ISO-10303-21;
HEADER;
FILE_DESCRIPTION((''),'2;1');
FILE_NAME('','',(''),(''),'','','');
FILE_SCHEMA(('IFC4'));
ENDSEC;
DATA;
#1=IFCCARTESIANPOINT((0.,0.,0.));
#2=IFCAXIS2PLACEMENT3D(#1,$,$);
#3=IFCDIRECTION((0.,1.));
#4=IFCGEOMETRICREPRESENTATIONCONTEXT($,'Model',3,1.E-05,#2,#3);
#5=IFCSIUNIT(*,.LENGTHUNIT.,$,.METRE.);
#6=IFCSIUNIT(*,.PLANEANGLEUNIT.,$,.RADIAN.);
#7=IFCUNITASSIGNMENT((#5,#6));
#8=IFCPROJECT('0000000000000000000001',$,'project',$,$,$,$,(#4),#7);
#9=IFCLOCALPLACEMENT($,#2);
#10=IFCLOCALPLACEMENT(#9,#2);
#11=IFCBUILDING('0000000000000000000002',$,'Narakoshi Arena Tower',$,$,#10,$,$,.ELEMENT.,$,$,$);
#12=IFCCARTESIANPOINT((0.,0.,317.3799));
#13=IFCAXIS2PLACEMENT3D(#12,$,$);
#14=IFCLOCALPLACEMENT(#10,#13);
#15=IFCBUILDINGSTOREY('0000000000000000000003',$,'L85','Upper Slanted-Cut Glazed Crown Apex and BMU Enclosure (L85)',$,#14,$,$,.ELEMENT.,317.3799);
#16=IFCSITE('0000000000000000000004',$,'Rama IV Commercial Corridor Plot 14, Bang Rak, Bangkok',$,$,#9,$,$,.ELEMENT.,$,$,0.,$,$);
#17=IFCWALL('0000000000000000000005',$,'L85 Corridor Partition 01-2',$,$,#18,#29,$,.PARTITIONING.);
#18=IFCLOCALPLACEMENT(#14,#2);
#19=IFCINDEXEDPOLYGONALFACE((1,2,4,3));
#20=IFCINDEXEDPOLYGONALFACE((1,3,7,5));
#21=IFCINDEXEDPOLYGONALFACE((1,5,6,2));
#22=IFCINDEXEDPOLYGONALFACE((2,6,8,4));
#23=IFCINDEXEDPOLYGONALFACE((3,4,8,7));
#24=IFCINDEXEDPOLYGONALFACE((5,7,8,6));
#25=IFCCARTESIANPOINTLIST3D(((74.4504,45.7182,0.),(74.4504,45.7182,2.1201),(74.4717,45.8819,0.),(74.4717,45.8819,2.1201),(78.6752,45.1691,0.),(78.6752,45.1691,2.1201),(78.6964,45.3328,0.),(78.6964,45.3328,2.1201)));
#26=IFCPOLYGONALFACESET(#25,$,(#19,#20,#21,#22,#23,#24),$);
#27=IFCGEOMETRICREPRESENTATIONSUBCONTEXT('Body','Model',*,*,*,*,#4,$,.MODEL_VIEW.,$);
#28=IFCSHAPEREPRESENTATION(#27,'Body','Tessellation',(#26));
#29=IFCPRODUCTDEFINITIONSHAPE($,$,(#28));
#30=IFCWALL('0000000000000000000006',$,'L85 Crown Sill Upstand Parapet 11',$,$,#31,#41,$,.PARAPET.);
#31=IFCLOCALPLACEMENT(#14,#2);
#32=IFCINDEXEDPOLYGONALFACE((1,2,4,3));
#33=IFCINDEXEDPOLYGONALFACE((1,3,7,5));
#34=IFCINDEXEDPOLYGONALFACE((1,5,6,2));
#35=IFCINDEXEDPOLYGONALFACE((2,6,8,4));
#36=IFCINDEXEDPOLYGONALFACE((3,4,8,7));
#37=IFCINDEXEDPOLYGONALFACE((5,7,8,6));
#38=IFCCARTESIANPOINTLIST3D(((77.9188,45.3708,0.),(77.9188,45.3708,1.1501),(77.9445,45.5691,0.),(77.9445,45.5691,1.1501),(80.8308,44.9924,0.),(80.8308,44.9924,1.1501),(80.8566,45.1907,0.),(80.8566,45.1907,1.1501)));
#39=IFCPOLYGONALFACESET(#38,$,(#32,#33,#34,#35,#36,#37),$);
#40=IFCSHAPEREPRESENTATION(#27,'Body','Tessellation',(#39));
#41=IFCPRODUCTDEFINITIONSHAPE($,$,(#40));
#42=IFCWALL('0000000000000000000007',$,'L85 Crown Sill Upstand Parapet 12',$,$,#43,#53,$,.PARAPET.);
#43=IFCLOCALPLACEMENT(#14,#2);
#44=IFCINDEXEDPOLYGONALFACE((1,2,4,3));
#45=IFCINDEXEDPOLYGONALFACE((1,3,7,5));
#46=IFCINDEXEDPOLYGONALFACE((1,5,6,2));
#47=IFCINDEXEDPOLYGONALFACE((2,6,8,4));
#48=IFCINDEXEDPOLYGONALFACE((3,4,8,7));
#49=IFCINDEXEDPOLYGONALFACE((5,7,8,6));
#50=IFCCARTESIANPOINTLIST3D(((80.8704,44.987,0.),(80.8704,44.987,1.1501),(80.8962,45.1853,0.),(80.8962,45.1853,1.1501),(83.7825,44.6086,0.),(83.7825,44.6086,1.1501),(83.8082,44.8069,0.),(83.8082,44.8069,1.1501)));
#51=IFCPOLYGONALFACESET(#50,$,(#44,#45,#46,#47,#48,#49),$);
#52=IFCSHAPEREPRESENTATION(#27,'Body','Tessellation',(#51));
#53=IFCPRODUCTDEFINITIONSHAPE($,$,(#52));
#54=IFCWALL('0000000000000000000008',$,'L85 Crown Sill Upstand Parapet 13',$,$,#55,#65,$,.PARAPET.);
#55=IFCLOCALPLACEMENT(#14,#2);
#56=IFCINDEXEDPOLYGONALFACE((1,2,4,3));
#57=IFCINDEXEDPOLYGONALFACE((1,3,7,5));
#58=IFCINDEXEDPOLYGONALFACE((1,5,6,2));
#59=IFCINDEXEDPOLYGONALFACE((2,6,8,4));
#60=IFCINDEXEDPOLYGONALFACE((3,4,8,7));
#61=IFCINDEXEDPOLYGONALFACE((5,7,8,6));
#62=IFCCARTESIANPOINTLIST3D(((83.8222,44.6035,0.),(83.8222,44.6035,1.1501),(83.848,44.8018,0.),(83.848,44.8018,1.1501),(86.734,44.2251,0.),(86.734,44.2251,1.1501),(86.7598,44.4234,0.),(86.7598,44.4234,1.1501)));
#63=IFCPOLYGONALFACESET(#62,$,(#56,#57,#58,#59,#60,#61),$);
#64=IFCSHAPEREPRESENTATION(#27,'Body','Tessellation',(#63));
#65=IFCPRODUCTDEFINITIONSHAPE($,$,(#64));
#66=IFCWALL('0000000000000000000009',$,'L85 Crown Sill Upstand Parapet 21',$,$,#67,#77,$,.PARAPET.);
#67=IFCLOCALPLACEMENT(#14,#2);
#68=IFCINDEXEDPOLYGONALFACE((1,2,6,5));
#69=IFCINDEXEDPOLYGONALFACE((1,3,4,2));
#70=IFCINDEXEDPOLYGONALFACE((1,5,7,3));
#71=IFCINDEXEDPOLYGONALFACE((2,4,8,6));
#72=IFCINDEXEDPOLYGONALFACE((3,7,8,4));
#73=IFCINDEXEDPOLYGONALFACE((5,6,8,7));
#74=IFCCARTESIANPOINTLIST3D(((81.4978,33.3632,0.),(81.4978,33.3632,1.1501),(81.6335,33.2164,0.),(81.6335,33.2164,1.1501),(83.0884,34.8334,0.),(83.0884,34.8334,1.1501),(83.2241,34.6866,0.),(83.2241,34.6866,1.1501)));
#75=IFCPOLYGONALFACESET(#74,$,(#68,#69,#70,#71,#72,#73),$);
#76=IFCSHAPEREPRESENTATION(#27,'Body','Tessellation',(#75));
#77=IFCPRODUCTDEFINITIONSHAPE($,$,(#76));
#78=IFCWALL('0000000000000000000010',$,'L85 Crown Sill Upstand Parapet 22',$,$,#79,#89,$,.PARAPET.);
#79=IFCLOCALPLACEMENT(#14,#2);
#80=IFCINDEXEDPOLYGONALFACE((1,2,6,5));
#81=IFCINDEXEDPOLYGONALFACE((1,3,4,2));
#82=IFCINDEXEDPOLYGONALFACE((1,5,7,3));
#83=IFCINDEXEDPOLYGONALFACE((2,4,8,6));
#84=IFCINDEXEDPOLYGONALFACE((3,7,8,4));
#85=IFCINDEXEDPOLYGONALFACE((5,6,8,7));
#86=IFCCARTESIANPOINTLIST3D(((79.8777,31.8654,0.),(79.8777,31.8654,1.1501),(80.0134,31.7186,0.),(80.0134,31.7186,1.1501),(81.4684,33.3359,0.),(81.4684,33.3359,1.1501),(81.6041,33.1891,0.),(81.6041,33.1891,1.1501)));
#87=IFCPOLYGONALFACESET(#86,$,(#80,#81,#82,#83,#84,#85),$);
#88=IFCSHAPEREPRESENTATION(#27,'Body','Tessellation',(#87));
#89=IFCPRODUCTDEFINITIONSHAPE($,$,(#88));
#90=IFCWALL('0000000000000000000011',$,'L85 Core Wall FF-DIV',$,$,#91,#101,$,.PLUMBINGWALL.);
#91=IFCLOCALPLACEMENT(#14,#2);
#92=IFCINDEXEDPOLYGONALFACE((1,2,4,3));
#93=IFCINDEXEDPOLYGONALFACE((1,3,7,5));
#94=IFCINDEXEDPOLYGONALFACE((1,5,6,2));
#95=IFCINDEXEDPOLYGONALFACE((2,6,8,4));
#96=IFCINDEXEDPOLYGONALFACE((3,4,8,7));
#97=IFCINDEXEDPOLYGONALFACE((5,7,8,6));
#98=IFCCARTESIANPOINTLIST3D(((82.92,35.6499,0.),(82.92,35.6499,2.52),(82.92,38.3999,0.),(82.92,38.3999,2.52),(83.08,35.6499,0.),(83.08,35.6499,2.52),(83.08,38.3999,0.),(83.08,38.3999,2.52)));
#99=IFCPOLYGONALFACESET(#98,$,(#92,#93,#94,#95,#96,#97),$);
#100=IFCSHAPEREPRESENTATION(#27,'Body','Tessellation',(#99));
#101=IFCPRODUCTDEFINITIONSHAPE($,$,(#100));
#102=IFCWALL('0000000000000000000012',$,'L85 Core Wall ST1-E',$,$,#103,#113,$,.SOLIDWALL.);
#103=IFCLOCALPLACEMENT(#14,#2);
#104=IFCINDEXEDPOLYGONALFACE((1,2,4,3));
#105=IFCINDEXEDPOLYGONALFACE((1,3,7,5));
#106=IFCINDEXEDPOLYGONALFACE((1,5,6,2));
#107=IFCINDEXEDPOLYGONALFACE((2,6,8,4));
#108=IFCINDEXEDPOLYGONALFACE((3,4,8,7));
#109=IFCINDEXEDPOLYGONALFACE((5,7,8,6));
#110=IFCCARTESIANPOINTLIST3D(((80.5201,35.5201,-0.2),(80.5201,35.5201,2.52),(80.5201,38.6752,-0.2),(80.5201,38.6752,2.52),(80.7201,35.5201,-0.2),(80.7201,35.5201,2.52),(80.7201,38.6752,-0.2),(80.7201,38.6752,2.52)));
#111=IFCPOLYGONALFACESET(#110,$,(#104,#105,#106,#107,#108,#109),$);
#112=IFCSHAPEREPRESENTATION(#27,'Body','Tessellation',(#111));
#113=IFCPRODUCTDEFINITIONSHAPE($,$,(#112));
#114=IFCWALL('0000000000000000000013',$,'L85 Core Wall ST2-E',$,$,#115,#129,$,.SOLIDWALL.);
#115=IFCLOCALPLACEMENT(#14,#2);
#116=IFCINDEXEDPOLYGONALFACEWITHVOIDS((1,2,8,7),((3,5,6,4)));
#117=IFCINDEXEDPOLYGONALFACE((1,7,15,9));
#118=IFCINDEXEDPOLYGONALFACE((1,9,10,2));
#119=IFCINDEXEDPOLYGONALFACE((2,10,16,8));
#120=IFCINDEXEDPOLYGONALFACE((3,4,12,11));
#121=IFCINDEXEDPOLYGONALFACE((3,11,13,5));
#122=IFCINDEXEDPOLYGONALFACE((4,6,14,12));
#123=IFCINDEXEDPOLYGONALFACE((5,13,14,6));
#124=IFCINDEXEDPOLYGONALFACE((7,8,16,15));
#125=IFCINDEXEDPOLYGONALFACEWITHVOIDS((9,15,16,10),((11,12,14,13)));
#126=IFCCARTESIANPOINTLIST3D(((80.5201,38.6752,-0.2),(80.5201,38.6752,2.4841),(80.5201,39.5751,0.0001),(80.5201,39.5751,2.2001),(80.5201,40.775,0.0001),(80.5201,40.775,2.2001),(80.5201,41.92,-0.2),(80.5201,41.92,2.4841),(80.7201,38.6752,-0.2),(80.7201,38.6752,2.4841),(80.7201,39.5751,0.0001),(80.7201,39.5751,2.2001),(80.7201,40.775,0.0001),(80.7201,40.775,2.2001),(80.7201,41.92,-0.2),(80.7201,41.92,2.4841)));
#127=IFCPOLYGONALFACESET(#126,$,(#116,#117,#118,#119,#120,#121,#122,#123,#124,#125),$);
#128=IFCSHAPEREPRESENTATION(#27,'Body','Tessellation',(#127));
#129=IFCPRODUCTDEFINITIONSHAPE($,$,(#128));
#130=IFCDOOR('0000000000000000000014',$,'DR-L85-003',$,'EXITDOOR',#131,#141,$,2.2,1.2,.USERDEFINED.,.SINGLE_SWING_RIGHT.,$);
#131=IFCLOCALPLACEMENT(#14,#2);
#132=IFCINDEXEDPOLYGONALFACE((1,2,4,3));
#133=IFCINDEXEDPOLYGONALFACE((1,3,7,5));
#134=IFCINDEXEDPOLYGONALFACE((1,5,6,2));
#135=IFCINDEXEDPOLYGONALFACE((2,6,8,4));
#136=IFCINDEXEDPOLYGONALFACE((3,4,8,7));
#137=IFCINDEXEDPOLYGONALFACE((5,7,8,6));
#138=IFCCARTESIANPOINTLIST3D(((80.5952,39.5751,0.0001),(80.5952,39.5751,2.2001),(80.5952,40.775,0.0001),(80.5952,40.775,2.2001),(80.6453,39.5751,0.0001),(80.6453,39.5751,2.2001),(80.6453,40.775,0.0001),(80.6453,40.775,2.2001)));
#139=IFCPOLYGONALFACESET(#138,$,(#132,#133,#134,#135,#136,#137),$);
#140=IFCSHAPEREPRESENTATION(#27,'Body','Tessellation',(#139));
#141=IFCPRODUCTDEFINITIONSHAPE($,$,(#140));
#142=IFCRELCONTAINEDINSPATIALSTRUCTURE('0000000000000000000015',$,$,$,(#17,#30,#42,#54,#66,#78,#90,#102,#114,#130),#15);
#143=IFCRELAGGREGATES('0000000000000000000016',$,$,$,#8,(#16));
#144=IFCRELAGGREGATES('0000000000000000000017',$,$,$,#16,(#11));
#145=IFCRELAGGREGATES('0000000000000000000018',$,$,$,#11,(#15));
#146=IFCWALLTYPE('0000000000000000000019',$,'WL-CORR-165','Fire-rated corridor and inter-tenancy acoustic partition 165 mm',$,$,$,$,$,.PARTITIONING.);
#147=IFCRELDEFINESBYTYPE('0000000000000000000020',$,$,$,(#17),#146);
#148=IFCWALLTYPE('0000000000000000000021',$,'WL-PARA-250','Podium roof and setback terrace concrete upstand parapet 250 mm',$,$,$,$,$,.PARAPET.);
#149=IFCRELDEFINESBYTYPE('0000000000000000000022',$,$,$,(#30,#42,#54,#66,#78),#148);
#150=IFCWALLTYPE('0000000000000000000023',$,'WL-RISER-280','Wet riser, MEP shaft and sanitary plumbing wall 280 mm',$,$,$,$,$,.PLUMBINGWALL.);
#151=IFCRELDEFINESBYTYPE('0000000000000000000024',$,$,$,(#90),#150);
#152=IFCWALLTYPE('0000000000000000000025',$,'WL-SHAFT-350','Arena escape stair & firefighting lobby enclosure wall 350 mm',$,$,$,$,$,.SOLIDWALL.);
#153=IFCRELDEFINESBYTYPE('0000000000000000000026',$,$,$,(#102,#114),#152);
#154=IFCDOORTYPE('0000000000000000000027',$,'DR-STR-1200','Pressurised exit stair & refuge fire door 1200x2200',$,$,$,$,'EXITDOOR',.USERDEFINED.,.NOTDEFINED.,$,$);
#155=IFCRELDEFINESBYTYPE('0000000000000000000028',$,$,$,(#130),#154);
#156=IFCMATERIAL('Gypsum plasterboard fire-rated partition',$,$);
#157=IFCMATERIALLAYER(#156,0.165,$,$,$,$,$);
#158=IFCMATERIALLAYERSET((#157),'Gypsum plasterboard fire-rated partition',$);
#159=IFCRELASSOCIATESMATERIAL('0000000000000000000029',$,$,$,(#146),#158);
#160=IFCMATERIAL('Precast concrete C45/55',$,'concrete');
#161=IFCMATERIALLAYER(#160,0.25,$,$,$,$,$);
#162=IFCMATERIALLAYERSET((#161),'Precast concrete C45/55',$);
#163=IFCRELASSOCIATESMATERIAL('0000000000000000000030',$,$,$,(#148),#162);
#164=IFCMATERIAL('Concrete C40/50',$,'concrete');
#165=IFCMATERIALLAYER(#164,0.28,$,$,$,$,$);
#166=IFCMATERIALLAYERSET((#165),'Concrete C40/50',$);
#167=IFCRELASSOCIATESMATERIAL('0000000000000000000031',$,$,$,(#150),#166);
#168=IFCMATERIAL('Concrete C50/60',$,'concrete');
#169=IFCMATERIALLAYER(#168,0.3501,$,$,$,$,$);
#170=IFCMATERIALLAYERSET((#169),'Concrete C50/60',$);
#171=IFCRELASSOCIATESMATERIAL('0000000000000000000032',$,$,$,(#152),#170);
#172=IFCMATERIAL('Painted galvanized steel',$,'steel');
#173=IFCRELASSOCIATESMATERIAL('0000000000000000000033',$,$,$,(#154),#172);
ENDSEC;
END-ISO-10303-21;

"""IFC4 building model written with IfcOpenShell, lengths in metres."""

from ifc_helpers import new_model, si_unit, direction, frame, frame_2d, origin, place, context, subcontext, project, spatial, rectangle, extrude, material, layer, layer_set, type_object, element, fill, save


model = new_model("IFC4")

# Units and contexts
model_context = context("Model", 3, precision=1e-05, world=origin(), true_north=direction((0.0, 1.0)))
body_context = subcontext(model_context, "Body", "Model", "MODEL_VIEW")
ifc_project = project(units=[si_unit("LENGTHUNIT", "METRE"), si_unit("PLANEANGLEUNIT", "RADIAN")], contexts=[model_context])

# Site, building, storey
site_placement = place(None, origin())
site = spatial("IfcSite", under=ifc_project, at=site_placement, Name="Rama IV Commercial Corridor Plot 14, Bang Rak, Bangkok", CompositionType="ELEMENT", RefElevation=0.0)
building_placement = place(site_placement, origin())
building = spatial("IfcBuilding", under=site, at=building_placement, Name="Narakoshi Arena Tower", CompositionType="ELEMENT")
storey_placement = place(building_placement, frame((0.0, 0.0, 317.3799)))
storey = spatial("IfcBuildingStorey", under=building, at=storey_placement, Name="L85", Description="Upper Slanted-Cut Glazed Crown Apex and BMU Enclosure (L85)", CompositionType="ELEMENT", Elevation=317.3799)

# Walls
ifc_material_1 = material(Name="Gypsum plasterboard fire-rated partition")
ifc_layer_1 = layer(ifc_material_1, 0.165)
ifc_layer_set_1 = layer_set([ifc_layer_1], Name="Gypsum plasterboard fire-rated partition")
wall_type_1 = type_object("IfcWallType", Name="WL-CORR-165", Description="Fire-rated corridor and inter-tenancy acoustic partition 165 mm", PredefinedType="PARTITIONING", material=ifc_layer_set_1)
wall_1_placement = place(storey_placement, frame((78.6858, 45.251, 0.0), z_axis=(0.0, 0.0, 1.0), x_axis=(-0.991659, 0.128886, 0.0)))
element("IfcWall", 1, at=wall_1_placement, inside=storey, type_object=wall_type_1, Name="L85 Corridor Partition 01-2", PredefinedType="PARTITIONING", context=body_context, shape_type="SweptSolid", body=[
    extrude(rectangle(XDim=4.2603, YDim=0.165, at=frame_2d((2.1301, 0.0))), origin(), (0.0, 0.0, 1.0), 2.1201),
])
ifc_material_2 = material(Name="Precast concrete C45/55", Category="concrete")
ifc_layer_2 = layer(ifc_material_2, 0.25)
ifc_layer_set_2 = layer_set([ifc_layer_2], Name="Precast concrete C45/55")
wall_type_2 = type_object("IfcWallType", Name="WL-PARA-250", Description="Podium roof and setback terrace concrete upstand parapet 250 mm", PredefinedType="PARAPET", material=ifc_layer_set_2)
for number, where, z_axis, x_axis, name in (
    (2, (77.9316, 45.47, 0.0), (0.0, 0.0, 1.0), (0.991662, -0.128863, 0.0), "L85 Crown Sill Upstand Parapet 11"),
    (3, (80.8833, 45.0862, 0.0), (0.0, 0.0, 1.0), (0.991662, -0.128863, 0.0), "L85 Crown Sill Upstand Parapet 12"),
):
    element("IfcWall", number, at=place(storey_placement, frame(where, z_axis=z_axis, x_axis=x_axis)), inside=storey, type_object=wall_type_2, Name=name, PredefinedType="PARAPET", context=body_context, shape_type="SweptSolid", body=[
        extrude(rectangle(XDim=2.9365, YDim=0.2, at=frame_2d((1.4683, 0.0))), origin(), (0.0, 0.0, 1.0), 1.1501),
    ])
wall_2_placement = place(storey_placement, frame((83.835, 44.7026, 0.0), z_axis=(0.0, 0.0, 1.0), x_axis=(0.991661, -0.128874, 0.0)))
element("IfcWall", 4, at=wall_2_placement, inside=storey, type_object=wall_type_2, Name="L85 Crown Sill Upstand Parapet 13", PredefinedType="PARAPET", context=body_context, shape_type="SweptSolid", body=[
    extrude(rectangle(XDim=2.9363, YDim=0.2, at=frame_2d((1.4683, 0.0))), origin(), (0.0, 0.0, 1.0), 1.1501),
])
wall_3_placement = place(storey_placement, frame((83.1562, 34.76, 0.0), z_axis=(0.0, 0.0, 1.0), x_axis=(-0.734345, -0.678776, 0.0)))
element("IfcWall", 5, at=wall_3_placement, inside=storey, type_object=wall_type_2, Name="L85 Crown Sill Upstand Parapet 21", PredefinedType="PARAPET", context=body_context, shape_type="SweptSolid", body=[
    extrude(rectangle(XDim=2.166, YDim=0.2, at=frame_2d((1.083, 0.0))), origin(), (0.0, 0.0, 1.0), 1.1501),
])
wall_4_placement = place(storey_placement, frame((81.5361, 33.2625, 0.0), z_axis=(0.0, 0.0, 1.0), x_axis=(-0.734289, -0.678837, 0.0)))
element("IfcWall", 6, at=wall_4_placement, inside=storey, type_object=wall_type_2, Name="L85 Crown Sill Upstand Parapet 22", PredefinedType="PARAPET", context=body_context, shape_type="SweptSolid", body=[
    extrude(rectangle(XDim=2.1663, YDim=0.2, at=frame_2d((1.083, 0.0))), origin(), (0.0, 0.0, 1.0), 1.1501),
])
ifc_material_3 = material(Name="Concrete C40/50", Category="concrete")
ifc_layer_3 = layer(ifc_material_3, 0.28)
ifc_layer_set_3 = layer_set([ifc_layer_3], Name="Concrete C40/50")
wall_type_3 = type_object("IfcWallType", Name="WL-RISER-280", Description="Wet riser, MEP shaft and sanitary plumbing wall 280 mm", PredefinedType="PLUMBINGWALL", material=ifc_layer_set_3)
wall_5_placement = place(storey_placement, frame((83.0, 35.6499, 0.0), z_axis=(0.0, 0.0, 1.0), x_axis=(0.0, 1.0, 0.0)))
element("IfcWall", 7, at=wall_5_placement, inside=storey, type_object=wall_type_3, Name="L85 Core Wall FF-DIV", PredefinedType="PLUMBINGWALL", context=body_context, shape_type="SweptSolid", body=[
    extrude(rectangle(XDim=2.75, YDim=0.1599, at=frame_2d((1.375, 0.0))), origin(), (0.0, 0.0, 1.0), 2.52),
])
ifc_material_4 = material(Name="Concrete C50/60", Category="concrete")
ifc_layer_4 = layer(ifc_material_4, 0.3501)
ifc_layer_set_4 = layer_set([ifc_layer_4], Name="Concrete C50/60")
wall_type_4 = type_object("IfcWallType", Name="WL-SHAFT-350", Description="Arena escape stair & firefighting lobby enclosure wall 350 mm", PredefinedType="SOLIDWALL", material=ifc_layer_set_4)
wall_6_placement = place(storey_placement, frame((80.6201, 35.52, -0.2), z_axis=(0.0, 0.0, 1.0), x_axis=(0.0, 1.0, 0.0)))
element("IfcWall", 8, at=wall_6_placement, inside=storey, type_object=wall_type_4, Name="L85 Core Wall ST1-E", PredefinedType="SOLIDWALL", context=body_context, shape_type="SweptSolid", body=[
    extrude(rectangle(XDim=3.155, YDim=0.2, at=frame_2d((1.5776, 0.0))), origin(), (0.0, 0.0, 1.0), 2.72),
])

# Wall, opening, door
wall_7_placement = place(storey_placement, frame((80.6201, 38.675, -0.2), z_axis=(0.0, 0.0, 1.0), x_axis=(0.0, 1.0, 0.0)))
wall_7 = element("IfcWall", 9, at=wall_7_placement, inside=storey, type_object=wall_type_4, Name="L85 Core Wall ST2-E", PredefinedType="SOLIDWALL", context=body_context, shape_type="SweptSolid", body=[
    extrude(rectangle(XDim=3.2449, YDim=0.2, at=frame_2d((1.6226, 0.0))), origin(), (0.0, 0.0, 1.0), 2.6841),
])
opening_1_placement = place(wall_7_placement, frame((0.8999, 0.0, 0.2)))
opening_1 = element("IfcOpeningElement", 10, at=opening_1_placement, cuts=wall_7, PredefinedType="OPENING", context=body_context, shape_type="SweptSolid", body=[
    extrude(rectangle(XDim=1.2, YDim=2.2, at=frame_2d((0.6001, 1.1001))), frame((0.0, 0.1099, 0.0), z_axis=(0.0, -1.0, 0.0), x_axis=(1.0, 0.0, 0.0)), (0.0, 0.0, 1.0), 0.22),
])
ifc_material_5 = material(Name="Painted galvanized steel", Category="steel")
door_type_1 = type_object("IfcDoorType", Name="DR-STR-1200", Description="Pressurised exit stair & refuge fire door 1200x2200", ElementType="EXITDOOR", OperationType="NOTDEFINED", PredefinedType="USERDEFINED", material=ifc_material_5)
door_1_placement = place(opening_1_placement, origin())
door_1 = element("IfcDoor", 11, at=door_1_placement, inside=storey, type_object=door_type_1, Name="DR-L85-003", ObjectType="EXITDOOR", OperationType="SINGLE_SWING_RIGHT", OverallHeight=2.2, OverallWidth=1.2, PredefinedType="USERDEFINED", context=body_context, shape_type="SweptSolid", body=[
    extrude(rectangle(XDim=1.2, YDim=2.2, at=frame_2d((0.6001, 1.1001))), frame((0.0, 0.0249, 0.0), z_axis=(0.0, -1.0, 0.0), x_axis=(1.0, 0.0, 0.0)), (0.0, 0.0, 1.0), 0.05),
])
fill(opening_1, door_1)

save(model, "model.ifc")
